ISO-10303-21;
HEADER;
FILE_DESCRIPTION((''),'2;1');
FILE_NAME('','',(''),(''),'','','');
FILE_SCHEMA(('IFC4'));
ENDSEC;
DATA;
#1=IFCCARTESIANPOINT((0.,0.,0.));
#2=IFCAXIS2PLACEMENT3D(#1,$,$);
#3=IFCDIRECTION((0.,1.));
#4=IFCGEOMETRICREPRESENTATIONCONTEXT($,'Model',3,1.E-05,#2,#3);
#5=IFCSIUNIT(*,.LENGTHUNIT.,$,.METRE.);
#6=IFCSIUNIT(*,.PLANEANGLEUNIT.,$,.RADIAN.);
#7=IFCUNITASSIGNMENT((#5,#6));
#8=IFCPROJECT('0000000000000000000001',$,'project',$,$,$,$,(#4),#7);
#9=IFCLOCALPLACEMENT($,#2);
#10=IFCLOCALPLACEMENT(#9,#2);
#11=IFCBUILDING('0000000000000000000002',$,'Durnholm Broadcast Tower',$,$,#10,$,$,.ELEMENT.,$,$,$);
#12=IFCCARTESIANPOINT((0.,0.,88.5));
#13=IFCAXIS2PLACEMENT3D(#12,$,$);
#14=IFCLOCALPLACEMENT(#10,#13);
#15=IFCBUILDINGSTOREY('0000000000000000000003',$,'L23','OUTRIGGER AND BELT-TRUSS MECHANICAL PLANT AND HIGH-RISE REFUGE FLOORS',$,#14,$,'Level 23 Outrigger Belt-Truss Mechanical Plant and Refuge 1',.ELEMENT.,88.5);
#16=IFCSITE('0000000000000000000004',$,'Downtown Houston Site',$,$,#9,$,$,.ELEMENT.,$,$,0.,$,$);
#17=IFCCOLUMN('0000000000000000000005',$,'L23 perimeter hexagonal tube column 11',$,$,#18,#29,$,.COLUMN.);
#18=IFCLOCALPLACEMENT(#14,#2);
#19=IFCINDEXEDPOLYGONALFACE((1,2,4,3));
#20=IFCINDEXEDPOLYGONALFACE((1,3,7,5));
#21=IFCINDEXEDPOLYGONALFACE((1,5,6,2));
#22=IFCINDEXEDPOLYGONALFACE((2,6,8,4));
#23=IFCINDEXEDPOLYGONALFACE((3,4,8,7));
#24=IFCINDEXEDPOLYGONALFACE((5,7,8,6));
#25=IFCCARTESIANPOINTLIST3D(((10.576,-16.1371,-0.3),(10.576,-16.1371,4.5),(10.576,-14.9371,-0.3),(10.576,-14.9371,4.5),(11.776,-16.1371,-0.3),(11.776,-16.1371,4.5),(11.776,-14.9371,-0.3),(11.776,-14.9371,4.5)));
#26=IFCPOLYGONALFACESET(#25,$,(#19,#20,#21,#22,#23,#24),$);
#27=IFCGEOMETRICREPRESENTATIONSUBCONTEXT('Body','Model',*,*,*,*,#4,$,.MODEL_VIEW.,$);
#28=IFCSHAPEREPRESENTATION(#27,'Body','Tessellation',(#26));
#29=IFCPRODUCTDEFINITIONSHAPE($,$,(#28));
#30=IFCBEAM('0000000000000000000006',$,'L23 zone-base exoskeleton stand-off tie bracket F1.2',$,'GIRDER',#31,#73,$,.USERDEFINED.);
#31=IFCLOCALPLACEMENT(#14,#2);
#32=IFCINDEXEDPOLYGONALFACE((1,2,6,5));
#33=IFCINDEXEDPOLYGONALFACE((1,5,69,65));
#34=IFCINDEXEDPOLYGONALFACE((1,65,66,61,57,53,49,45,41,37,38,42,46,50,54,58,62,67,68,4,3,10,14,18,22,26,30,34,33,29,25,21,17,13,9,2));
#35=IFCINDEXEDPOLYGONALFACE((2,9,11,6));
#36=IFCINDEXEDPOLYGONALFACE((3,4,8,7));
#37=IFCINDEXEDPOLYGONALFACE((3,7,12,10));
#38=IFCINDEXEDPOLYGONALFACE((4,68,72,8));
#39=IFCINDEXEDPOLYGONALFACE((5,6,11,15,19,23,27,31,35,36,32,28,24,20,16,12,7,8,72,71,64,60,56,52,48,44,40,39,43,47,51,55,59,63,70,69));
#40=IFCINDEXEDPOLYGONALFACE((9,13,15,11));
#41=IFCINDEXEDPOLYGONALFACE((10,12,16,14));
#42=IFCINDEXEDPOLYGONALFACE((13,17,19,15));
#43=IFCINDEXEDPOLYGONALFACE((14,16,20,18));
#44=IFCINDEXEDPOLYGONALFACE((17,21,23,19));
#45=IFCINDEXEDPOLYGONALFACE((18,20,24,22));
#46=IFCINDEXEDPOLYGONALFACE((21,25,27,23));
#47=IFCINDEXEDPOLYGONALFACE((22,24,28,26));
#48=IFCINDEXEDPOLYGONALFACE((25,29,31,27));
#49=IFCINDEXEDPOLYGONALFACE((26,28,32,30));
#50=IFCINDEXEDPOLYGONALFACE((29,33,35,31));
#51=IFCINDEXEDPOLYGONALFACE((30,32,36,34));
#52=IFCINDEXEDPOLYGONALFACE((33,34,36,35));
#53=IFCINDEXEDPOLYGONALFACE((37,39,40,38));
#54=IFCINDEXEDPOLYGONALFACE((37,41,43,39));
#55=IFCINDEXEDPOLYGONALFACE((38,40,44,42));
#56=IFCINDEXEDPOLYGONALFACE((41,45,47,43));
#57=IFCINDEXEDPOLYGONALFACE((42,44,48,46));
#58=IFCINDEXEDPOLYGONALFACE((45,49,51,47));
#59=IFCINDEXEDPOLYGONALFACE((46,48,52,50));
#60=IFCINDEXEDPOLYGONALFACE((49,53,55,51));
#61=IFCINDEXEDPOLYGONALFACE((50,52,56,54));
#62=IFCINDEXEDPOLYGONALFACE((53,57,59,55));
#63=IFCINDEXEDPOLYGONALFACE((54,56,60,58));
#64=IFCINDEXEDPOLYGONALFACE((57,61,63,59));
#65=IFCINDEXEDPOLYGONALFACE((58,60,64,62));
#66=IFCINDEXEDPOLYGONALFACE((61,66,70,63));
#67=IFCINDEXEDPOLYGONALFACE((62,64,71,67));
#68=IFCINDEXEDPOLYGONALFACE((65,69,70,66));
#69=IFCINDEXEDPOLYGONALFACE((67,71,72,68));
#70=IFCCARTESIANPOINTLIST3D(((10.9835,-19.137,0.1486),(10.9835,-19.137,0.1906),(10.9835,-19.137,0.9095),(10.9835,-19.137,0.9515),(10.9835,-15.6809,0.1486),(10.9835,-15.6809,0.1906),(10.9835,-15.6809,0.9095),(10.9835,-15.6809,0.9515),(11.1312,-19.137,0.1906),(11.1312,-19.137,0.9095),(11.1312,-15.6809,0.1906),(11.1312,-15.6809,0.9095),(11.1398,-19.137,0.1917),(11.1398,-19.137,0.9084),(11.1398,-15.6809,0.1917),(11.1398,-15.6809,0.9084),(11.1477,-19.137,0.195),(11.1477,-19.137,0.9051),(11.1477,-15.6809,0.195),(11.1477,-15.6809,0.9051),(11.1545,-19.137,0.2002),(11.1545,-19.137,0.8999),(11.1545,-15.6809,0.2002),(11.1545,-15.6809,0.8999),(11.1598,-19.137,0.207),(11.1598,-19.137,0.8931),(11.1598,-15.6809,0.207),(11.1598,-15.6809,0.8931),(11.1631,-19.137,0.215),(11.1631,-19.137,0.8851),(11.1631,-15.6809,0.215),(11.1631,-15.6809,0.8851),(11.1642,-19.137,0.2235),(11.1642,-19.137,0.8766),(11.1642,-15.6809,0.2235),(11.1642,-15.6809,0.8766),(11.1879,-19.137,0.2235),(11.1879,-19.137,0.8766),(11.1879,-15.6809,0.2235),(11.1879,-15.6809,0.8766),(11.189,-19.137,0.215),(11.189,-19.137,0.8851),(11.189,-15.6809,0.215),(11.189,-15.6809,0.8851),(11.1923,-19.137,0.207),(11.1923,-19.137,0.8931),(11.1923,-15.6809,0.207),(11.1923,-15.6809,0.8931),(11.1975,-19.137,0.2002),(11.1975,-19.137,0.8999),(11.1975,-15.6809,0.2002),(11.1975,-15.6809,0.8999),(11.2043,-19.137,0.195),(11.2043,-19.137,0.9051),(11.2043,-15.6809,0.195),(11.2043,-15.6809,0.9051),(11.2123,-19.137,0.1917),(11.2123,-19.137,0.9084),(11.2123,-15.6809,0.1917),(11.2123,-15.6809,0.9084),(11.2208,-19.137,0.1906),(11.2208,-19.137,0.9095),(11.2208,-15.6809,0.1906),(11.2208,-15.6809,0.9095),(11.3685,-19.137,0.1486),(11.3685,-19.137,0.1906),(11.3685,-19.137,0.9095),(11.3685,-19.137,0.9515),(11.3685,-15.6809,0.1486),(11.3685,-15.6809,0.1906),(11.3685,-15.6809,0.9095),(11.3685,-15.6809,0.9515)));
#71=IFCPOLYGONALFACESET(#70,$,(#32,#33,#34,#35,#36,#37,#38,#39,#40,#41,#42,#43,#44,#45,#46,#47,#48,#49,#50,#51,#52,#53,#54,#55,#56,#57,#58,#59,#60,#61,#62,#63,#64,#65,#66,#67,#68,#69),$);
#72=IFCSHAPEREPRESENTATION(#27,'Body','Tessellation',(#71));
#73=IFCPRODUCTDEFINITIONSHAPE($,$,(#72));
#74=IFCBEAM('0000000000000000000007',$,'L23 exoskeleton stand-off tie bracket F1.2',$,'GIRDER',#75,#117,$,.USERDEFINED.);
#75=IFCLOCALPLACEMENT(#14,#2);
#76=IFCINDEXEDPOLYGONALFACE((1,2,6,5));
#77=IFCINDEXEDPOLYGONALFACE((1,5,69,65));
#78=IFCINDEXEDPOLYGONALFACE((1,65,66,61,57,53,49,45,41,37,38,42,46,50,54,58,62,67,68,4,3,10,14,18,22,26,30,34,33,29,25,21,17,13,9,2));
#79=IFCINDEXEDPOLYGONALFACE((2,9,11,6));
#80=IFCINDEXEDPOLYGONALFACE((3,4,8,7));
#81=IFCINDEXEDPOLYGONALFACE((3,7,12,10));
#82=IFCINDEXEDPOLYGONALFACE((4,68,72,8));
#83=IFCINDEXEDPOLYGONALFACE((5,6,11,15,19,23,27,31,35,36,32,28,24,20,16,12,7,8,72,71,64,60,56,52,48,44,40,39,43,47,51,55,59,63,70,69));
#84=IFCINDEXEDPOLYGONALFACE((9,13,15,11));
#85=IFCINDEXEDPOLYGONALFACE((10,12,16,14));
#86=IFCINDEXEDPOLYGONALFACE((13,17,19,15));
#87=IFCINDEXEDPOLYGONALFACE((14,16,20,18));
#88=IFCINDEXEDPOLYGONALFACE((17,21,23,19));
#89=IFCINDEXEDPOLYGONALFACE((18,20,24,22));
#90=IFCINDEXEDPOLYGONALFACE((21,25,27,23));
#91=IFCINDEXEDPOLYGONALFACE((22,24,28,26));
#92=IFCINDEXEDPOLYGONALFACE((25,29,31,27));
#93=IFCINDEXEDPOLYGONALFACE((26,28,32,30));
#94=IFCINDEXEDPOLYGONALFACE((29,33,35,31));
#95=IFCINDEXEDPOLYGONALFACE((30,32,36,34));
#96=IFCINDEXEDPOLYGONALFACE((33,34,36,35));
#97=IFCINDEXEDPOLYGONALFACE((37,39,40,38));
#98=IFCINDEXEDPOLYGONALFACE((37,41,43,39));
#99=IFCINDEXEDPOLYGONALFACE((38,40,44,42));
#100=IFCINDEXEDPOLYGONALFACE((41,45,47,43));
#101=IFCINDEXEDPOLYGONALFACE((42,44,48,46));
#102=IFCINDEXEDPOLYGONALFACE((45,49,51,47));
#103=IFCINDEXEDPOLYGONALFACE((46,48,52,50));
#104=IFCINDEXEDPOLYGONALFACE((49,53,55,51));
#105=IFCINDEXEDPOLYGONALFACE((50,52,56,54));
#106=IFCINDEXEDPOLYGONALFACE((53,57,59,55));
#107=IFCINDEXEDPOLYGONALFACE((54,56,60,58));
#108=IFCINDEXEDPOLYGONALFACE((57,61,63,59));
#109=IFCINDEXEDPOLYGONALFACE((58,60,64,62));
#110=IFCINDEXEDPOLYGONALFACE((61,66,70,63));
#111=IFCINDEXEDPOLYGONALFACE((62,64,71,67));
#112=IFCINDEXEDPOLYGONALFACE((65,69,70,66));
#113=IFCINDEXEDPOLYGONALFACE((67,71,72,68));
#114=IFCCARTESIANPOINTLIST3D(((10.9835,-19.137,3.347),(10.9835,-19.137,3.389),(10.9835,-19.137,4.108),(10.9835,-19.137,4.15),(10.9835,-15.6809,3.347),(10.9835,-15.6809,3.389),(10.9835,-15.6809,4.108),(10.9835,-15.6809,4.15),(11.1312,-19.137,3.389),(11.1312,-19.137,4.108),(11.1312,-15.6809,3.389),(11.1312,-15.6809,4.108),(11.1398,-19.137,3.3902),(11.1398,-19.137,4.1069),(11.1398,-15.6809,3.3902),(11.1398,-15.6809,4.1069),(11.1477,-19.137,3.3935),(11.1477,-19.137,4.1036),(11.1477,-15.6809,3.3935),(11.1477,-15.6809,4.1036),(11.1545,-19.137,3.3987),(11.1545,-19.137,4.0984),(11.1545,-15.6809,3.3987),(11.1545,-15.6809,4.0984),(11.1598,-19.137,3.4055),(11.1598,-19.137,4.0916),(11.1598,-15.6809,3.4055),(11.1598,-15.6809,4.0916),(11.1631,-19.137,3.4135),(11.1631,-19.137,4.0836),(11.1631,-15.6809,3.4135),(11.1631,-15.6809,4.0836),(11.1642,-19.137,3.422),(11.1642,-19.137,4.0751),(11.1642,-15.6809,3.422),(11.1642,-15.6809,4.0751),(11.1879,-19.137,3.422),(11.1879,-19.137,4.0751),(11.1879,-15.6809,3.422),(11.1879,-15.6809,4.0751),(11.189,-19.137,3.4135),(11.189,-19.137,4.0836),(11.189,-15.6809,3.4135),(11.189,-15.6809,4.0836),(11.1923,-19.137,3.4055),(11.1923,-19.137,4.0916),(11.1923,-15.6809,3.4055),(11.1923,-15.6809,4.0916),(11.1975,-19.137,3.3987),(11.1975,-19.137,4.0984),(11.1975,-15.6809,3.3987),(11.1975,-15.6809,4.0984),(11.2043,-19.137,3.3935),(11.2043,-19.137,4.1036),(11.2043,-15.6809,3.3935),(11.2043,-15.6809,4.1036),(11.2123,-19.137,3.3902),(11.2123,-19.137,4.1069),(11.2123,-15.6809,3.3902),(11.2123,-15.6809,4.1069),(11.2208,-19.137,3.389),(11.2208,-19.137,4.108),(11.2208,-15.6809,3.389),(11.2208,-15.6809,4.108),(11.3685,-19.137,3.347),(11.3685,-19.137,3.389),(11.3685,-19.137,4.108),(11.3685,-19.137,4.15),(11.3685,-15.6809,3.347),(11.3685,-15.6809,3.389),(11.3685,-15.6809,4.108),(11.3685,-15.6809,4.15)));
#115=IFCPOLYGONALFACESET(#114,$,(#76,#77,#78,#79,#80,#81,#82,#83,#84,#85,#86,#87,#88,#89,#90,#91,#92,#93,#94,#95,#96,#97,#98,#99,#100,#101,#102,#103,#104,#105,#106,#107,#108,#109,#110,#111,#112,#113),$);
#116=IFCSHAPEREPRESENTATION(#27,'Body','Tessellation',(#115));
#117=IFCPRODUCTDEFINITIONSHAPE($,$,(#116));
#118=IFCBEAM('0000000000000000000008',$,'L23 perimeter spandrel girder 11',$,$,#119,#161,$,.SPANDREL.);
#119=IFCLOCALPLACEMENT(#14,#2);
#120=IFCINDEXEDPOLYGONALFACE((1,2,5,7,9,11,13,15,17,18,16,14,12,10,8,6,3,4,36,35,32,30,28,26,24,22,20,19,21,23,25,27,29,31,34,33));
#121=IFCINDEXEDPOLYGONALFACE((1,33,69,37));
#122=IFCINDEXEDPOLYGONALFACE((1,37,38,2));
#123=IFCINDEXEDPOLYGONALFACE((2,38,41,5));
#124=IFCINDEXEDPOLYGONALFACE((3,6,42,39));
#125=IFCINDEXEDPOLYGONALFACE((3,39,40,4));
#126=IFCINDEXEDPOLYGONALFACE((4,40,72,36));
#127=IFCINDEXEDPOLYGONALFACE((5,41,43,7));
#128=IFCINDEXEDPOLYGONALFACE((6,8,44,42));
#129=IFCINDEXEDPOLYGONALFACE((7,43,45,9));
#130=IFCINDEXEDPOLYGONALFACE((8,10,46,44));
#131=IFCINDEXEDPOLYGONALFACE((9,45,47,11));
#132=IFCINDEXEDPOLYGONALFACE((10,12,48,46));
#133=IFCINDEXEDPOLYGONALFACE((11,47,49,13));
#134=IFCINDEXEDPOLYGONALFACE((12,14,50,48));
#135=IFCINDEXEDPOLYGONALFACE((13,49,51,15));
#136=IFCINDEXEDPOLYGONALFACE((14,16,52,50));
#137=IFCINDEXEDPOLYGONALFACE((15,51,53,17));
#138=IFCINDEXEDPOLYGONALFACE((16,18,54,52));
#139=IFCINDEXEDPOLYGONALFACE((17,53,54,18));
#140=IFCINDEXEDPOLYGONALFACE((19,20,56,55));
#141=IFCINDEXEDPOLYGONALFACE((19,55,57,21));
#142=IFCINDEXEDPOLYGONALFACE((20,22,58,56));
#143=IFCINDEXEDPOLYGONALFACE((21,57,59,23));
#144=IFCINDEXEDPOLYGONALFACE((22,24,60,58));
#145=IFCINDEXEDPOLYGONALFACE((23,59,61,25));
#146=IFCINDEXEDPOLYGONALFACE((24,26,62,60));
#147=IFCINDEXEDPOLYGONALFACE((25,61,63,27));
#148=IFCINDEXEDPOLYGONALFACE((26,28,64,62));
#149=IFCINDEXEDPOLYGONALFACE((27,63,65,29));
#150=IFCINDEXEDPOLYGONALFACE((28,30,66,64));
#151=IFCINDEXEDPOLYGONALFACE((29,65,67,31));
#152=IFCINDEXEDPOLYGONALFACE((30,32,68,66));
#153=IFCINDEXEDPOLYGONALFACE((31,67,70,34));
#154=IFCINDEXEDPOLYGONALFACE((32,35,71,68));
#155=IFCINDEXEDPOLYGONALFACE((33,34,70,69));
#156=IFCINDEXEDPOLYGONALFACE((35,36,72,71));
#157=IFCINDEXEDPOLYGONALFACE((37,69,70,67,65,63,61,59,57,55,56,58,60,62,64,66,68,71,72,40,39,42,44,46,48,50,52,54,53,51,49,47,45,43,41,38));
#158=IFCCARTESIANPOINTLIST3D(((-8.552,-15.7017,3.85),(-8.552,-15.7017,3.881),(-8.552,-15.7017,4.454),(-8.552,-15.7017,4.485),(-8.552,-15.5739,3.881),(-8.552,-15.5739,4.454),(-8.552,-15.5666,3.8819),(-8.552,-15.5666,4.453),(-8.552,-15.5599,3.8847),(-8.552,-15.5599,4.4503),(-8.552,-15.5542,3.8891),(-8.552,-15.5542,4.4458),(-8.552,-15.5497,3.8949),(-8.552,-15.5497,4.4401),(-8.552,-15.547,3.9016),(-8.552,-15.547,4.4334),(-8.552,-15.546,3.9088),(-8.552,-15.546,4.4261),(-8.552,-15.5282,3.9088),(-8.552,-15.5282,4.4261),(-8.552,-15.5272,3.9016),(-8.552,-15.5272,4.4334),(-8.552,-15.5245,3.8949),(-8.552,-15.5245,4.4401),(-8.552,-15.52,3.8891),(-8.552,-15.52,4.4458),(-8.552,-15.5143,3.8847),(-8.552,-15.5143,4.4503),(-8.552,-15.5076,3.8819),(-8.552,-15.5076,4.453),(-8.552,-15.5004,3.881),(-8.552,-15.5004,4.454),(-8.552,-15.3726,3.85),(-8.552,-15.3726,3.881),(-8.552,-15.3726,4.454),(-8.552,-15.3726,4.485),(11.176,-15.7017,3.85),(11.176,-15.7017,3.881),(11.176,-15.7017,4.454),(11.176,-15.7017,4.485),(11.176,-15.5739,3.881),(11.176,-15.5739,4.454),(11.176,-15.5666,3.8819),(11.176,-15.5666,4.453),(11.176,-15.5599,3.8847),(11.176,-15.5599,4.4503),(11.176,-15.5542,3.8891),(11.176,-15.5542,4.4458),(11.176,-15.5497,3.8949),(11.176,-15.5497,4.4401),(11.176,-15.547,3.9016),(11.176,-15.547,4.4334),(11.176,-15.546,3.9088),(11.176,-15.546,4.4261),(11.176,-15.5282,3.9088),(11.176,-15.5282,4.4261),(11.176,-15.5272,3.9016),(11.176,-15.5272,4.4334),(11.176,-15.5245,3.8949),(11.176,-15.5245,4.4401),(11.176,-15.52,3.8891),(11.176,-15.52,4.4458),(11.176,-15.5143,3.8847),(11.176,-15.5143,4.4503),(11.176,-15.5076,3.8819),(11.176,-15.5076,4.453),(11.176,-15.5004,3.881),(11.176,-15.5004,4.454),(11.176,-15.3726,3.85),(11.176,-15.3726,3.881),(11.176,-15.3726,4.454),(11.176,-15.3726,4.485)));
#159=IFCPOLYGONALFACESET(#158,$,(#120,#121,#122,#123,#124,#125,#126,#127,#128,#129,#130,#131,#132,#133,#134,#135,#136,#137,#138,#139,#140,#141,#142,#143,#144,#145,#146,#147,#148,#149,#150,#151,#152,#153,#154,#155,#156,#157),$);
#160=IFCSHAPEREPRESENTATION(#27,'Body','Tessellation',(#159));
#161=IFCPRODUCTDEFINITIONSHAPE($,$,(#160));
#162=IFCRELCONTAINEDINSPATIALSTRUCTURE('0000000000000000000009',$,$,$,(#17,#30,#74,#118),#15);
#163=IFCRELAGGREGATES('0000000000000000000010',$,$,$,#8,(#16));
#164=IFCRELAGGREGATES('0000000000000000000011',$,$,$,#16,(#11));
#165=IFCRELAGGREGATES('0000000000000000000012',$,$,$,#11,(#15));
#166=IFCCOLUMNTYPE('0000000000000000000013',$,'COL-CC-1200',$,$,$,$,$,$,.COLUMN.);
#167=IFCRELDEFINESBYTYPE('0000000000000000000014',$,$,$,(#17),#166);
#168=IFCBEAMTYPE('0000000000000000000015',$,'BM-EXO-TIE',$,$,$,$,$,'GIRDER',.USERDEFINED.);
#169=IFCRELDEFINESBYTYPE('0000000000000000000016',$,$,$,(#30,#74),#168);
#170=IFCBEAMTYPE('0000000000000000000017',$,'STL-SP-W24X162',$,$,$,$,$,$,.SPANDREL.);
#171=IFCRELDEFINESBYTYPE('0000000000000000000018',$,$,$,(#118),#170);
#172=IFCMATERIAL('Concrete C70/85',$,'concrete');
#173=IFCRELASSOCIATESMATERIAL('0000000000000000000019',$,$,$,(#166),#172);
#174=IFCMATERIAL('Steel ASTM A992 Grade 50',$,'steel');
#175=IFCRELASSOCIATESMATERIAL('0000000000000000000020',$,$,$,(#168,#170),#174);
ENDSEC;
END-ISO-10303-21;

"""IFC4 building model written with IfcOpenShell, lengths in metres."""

from ifc_helpers import new_model, si_unit, direction, frame, origin, origin_2d, place, context, subcontext, project, spatial, rectangle, i_section, extrude, source, transform, mapped, material, material_profile, profile_set, type_object, type_shapes, element, save


model = new_model("IFC4")

# Units and contexts
model_context = context("Model", 3, precision=1e-05, world=origin(), true_north=direction((0.0, 1.0)))
body_context = subcontext(model_context, "Body", "Model", "MODEL_VIEW")
ifc_project = project(units=[si_unit("LENGTHUNIT", "METRE"), si_unit("PLANEANGLEUNIT", "RADIAN")], contexts=[model_context])

# Site, building, storey
site_placement = place(None, origin())
site = spatial("IfcSite", under=ifc_project, at=site_placement, Name="Downtown Houston Site", CompositionType="ELEMENT", RefElevation=0.0)
building_placement = place(site_placement, origin())
building = spatial("IfcBuilding", under=site, at=building_placement, Name="Durnholm Broadcast Tower", CompositionType="ELEMENT")
storey_placement = place(building_placement, frame((0.0, 0.0, 88.5)))
storey = spatial("IfcBuildingStorey", under=building, at=storey_placement, Name="L23", Description="OUTRIGGER AND BELT-TRUSS MECHANICAL PLANT AND HIGH-RISE REFUGE FLOORS", LongName="Level 23 Outrigger Belt-Truss Mechanical Plant and Refuge 1", CompositionType="ELEMENT", Elevation=88.5)

# Column
ifc_material_1 = material(Name="Concrete C70/85", Category="concrete")
ifc_material_profile_1 = material_profile(ifc_material_1, rectangle(XDim=1.2, YDim=1.2, at=origin_2d()), Name="RC1200X1200")
ifc_profile_set_1 = profile_set([ifc_material_profile_1], Name="Concrete C70/85")
column_type = type_object("IfcColumnType", Name="COL-CC-1200", PredefinedType="COLUMN", material=ifc_profile_set_1)
shared_shape_1 = source(origin(), body_context, "Body", "SweptSolid", [
    extrude(rectangle(XDim=1.2, YDim=1.2, at=origin_2d()), origin(), (0.0, 0.0, 1.0), 4.8),
])
type_shapes(column_type, [shared_shape_1])
column_placement = place(storey_placement, frame((11.176, -15.5371, -0.3), z_axis=(0.0, 0.0, 1.0), x_axis=(1.0, 0.0, 0.0)))
element("IfcColumn", 1, at=column_placement, inside=storey, type_object=column_type, Name="L23 perimeter hexagonal tube column 11", PredefinedType="COLUMN", context=body_context, shape_type="MappedRepresentation", body=[
    mapped(shared_shape_1, transform((0.0, 0.0, 0.0), x_axis=(1.0, 0.0, 0.0), y_axis=(0.0, 1.0, 0.0), z_axis=(0.0, 0.0, 1.0), scale=1.0)),
])

# Beams
ifc_material_2 = material(Name="Steel ASTM A992 Grade 50", Category="steel")
ifc_material_profile_2 = material_profile(ifc_material_2, i_section(OverallWidth=0.385, OverallDepth=0.803, WebThickness=0.0237, FlangeThickness=0.042, FilletRadius=0.033, at=origin_2d()), Name="W30X261")
ifc_profile_set_2 = profile_set([ifc_material_profile_2], Name="Steel ASTM A992 Grade 50")
beam_type_1 = type_object("IfcBeamType", Name="BM-EXO-TIE", ElementType="GIRDER", PredefinedType="USERDEFINED", material=ifc_profile_set_2)
shared_shape_2 = source(origin(), body_context, "Body", "SweptSolid", [
    extrude(i_section(OverallWidth=0.385, OverallDepth=0.803, WebThickness=0.0237, FlangeThickness=0.042, FilletRadius=0.033, at=origin_2d()), origin(), (0.0, 0.0, 1.0), 3.4561),
])
type_shapes(beam_type_1, [shared_shape_2])
for number, where, z_axis, x_axis, name in (
    (2, (11.176, -15.6809, 0.55), (0.0, -1.0, 0.0), (1.0, 0.0, 0.0), "L23 zone-base exoskeleton stand-off tie bracket F1.2"),
    (3, (11.176, -15.6809, 3.7485), (0.0, -1.0, 0.0), (1.0, 0.0, 0.0), "L23 exoskeleton stand-off tie bracket F1.2"),
):
    element("IfcBeam", number, at=place(storey_placement, frame(where, z_axis=z_axis, x_axis=x_axis)), inside=storey, type_object=beam_type_1, Name=name, ObjectType="GIRDER", PredefinedType="USERDEFINED", context=body_context, shape_type="MappedRepresentation", body=[
        mapped(shared_shape_2, transform((0.0, 0.0, 0.0), x_axis=(1.0, 0.0, 0.0), y_axis=(0.0, 1.0, 0.0), z_axis=(0.0, 0.0, 1.0), scale=1.0)),
    ])
ifc_material_profile_3 = material_profile(ifc_material_2, i_section(OverallWidth=0.3291, OverallDepth=0.635, WebThickness=0.0178, FlangeThickness=0.031, FilletRadius=0.0278, at=origin_2d()), Name="W24X162")
ifc_profile_set_3 = profile_set([ifc_material_profile_3], Name="Steel ASTM A992 Grade 50")
beam_type_2 = type_object("IfcBeamType", Name="STL-SP-W24X162", PredefinedType="SPANDREL", material=ifc_profile_set_3)
shared_shape_3 = source(origin(), body_context, "Body", "SweptSolid", [
    extrude(i_section(OverallWidth=0.3291, OverallDepth=0.635, WebThickness=0.0178, FlangeThickness=0.031, FilletRadius=0.0278, at=origin_2d()), origin(), (0.0, 0.0, 1.0), 19.728),
])
type_shapes(beam_type_2, [shared_shape_3])
beam_1_placement = place(storey_placement, frame((11.176, -15.5371, 4.1675), z_axis=(-1.0, 0.0, 0.0), x_axis=(0.0, -1.0, 0.0)))
element("IfcBeam", 4, at=beam_1_placement, inside=storey, type_object=beam_type_2, Name="L23 perimeter spandrel girder 11", PredefinedType="SPANDREL", context=body_context, shape_type="MappedRepresentation", body=[
    mapped(shared_shape_3, transform((0.0, 0.0, 0.0), x_axis=(1.0, 0.0, 0.0), y_axis=(0.0, 1.0, 0.0), z_axis=(0.0, 0.0, 1.0), scale=1.0)),
])

save(model, "model.ifc")
